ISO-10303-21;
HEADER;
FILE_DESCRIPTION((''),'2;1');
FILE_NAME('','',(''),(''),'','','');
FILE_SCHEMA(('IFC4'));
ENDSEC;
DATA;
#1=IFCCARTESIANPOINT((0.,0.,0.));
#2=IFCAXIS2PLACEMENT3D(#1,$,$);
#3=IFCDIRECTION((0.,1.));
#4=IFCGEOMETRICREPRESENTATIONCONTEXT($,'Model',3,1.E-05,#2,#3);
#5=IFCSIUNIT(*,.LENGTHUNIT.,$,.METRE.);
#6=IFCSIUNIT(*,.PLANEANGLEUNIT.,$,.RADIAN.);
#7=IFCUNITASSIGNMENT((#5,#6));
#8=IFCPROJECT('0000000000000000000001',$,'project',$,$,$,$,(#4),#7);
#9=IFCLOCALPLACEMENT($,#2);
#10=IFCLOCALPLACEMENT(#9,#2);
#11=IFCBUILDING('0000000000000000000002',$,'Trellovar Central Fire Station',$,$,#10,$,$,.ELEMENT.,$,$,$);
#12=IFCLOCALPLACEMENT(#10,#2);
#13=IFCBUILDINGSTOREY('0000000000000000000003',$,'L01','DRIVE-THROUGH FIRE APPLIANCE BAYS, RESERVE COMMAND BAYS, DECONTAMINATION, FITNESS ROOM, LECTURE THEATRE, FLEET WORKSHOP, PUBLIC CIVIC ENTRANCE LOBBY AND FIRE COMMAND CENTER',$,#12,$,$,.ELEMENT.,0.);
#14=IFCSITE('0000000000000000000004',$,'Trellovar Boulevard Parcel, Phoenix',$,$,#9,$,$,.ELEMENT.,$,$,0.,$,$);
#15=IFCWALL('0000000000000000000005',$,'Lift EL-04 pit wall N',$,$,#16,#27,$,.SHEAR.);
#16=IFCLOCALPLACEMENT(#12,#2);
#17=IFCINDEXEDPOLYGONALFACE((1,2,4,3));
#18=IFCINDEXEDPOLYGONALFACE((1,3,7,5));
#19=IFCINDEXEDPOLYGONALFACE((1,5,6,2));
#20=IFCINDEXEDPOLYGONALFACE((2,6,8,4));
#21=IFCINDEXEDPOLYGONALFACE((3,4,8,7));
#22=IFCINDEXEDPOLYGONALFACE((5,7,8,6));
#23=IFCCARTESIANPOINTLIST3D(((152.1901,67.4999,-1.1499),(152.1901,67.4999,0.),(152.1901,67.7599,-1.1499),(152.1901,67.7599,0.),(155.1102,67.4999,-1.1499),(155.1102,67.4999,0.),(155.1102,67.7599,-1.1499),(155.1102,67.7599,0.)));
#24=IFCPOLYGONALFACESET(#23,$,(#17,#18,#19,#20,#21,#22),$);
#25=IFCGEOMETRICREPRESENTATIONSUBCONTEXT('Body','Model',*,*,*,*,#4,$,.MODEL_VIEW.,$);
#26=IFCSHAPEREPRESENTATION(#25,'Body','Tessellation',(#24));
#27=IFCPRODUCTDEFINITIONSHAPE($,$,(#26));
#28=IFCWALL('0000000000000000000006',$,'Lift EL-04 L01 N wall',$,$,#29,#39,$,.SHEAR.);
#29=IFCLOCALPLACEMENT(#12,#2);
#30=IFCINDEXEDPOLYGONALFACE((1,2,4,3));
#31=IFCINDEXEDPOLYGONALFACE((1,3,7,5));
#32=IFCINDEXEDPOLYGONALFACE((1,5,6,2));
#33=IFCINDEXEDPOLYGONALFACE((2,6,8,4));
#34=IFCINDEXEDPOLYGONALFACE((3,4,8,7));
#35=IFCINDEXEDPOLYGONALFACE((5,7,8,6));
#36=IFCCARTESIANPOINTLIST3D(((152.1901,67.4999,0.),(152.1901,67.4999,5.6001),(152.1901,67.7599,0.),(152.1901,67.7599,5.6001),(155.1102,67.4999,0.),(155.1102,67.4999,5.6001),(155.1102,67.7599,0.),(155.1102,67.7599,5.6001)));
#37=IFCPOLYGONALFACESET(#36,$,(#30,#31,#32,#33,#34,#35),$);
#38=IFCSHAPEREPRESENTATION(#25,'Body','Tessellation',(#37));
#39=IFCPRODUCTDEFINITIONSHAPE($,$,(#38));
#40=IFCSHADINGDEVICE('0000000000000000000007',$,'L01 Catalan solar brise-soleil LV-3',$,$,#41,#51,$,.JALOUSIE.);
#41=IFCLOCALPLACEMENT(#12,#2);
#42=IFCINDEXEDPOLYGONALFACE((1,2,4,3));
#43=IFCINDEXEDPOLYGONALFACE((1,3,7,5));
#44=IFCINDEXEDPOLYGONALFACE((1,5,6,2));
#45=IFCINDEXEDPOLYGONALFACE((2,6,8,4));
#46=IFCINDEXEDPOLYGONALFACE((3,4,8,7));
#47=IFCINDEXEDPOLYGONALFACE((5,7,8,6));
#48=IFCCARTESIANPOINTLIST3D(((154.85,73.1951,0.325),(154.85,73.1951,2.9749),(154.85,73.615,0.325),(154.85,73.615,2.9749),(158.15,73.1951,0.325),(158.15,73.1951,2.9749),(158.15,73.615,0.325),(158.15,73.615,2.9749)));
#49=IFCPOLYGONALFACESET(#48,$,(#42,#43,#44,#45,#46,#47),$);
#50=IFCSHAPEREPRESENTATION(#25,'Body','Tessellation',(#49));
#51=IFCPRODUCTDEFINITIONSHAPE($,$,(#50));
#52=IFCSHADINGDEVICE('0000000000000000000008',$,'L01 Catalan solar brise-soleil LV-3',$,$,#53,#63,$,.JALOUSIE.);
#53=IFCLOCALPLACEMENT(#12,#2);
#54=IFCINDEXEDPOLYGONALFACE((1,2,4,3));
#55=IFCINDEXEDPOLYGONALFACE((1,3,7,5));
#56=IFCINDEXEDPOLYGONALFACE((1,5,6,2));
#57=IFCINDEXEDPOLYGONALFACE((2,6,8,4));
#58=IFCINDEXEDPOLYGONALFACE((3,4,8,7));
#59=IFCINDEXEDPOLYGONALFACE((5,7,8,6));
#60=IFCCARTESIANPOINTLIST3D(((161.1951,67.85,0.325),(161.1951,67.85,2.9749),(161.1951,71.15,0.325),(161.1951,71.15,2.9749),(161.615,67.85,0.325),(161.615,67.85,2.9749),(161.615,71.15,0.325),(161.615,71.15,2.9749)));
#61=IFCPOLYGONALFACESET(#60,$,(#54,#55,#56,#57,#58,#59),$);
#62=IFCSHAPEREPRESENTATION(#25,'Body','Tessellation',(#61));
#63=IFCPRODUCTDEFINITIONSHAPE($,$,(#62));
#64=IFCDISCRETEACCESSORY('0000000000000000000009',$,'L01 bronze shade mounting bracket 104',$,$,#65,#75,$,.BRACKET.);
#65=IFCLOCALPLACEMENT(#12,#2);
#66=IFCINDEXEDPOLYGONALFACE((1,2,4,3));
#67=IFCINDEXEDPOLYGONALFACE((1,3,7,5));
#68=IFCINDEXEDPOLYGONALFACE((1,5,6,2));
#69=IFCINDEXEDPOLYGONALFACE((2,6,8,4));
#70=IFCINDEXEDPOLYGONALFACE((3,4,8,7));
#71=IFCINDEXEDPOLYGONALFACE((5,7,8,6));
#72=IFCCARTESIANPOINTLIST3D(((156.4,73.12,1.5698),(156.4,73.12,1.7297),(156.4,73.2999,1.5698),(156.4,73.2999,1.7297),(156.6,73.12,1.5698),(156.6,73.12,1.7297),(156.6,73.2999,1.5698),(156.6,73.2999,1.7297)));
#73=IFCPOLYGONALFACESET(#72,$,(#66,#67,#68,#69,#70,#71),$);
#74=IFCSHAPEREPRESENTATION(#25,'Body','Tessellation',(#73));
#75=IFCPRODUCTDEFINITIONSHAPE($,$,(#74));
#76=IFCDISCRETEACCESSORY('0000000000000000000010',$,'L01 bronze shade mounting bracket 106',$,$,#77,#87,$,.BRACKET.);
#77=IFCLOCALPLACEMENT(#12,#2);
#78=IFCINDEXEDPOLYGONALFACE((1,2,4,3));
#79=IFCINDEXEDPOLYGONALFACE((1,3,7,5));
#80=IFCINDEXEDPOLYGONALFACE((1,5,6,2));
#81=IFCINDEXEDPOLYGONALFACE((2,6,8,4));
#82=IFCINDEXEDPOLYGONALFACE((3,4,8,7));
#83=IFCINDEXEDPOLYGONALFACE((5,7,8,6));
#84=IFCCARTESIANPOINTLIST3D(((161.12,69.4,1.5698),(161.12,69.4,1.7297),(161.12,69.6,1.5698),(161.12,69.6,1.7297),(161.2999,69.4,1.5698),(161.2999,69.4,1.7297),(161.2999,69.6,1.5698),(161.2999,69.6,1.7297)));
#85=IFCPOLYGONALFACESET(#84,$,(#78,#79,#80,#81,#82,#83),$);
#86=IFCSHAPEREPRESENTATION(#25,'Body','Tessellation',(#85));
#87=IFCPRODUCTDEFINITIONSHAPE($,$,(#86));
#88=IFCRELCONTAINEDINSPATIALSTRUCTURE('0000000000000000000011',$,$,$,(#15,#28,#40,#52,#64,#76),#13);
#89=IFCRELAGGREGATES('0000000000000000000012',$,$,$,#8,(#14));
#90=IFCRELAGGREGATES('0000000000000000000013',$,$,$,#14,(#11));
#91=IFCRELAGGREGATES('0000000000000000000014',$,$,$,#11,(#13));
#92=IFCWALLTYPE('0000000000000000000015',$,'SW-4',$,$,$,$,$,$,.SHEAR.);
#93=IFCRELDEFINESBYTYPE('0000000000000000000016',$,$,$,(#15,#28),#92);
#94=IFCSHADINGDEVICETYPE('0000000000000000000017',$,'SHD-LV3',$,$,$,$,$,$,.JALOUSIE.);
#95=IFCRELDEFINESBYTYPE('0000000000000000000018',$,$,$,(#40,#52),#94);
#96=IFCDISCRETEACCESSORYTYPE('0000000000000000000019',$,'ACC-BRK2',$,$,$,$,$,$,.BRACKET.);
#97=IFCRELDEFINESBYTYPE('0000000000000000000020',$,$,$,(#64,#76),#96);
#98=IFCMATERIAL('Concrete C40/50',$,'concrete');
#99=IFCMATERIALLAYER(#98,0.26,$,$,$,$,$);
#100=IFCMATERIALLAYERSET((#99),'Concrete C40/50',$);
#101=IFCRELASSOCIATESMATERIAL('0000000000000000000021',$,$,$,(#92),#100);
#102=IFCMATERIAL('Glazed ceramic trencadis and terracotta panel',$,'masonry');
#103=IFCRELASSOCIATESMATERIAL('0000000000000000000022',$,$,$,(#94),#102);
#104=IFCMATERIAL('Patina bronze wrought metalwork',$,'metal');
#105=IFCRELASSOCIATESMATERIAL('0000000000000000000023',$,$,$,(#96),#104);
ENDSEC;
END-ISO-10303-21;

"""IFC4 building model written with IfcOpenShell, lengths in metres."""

from ifc_helpers import new_model, si_unit, direction, frame, frame_2d, origin, origin_2d, place, context, subcontext, project, spatial, rectangle, extrude, material, layer, layer_set, type_object, element, save


model = new_model("IFC4")

# Units and contexts
model_context = context("Model", 3, precision=1e-05, world=origin(), true_north=direction((0.0, 1.0)))
body_context = subcontext(model_context, "Body", "Model", "MODEL_VIEW")
ifc_project = project(units=[si_unit("LENGTHUNIT", "METRE"), si_unit("PLANEANGLEUNIT", "RADIAN")], contexts=[model_context])

# Site, building, storey
site_placement = place(None, origin())
site = spatial("IfcSite", under=ifc_project, at=site_placement, Name="Trellovar Boulevard Parcel, Phoenix", CompositionType="ELEMENT", RefElevation=0.0)
building_placement = place(site_placement, origin())
building = spatial("IfcBuilding", under=site, at=building_placement, Name="Trellovar Central Fire Station", CompositionType="ELEMENT")
storey_placement = place(building_placement, origin())
storey = spatial("IfcBuildingStorey", under=building, at=storey_placement, Name="L01", Description="DRIVE-THROUGH FIRE APPLIANCE BAYS, RESERVE COMMAND BAYS, DECONTAMINATION, FITNESS ROOM, LECTURE THEATRE, FLEET WORKSHOP, PUBLIC CIVIC ENTRANCE LOBBY AND FIRE COMMAND CENTER", CompositionType="ELEMENT", Elevation=0.0)

# Walls
ifc_material_1 = material(Name="Concrete C40/50", Category="concrete")
ifc_layer_1 = layer(ifc_material_1, 0.26)
ifc_layer_set_1 = layer_set([ifc_layer_1], Name="Concrete C40/50")
wall_type_1 = type_object("IfcWallType", Name="SW-4", PredefinedType="SHEAR", material=ifc_layer_set_1)
wall_1_placement = place(storey_placement, frame((155.1101, 67.6299, -1.1499), z_axis=(0.0, 0.0, 1.0), x_axis=(-1.0, 0.0, 0.0)))
element("IfcWall", 1, at=wall_1_placement, inside=storey, type_object=wall_type_1, Name="Lift EL-04 pit wall N", PredefinedType="SHEAR", context=body_context, shape_type="SweptSolid", body=[
    extrude(rectangle(XDim=2.9202, YDim=0.26, at=frame_2d((1.46, 0.0))), origin(), (0.0, 0.0, 1.0), 1.1499),
])
wall_2_placement = place(storey_placement, frame((155.1101, 67.6299, 0.0), z_axis=(0.0, 0.0, 1.0), x_axis=(-1.0, 0.0, 0.0)))
element("IfcWall", 2, at=wall_2_placement, inside=storey, type_object=wall_type_1, Name="Lift EL-04 L01 N wall", PredefinedType="SHEAR", context=body_context, shape_type="SweptSolid", body=[
    extrude(rectangle(XDim=2.9202, YDim=0.26, at=frame_2d((1.46, 0.0))), origin(), (0.0, 0.0, 1.0), 5.6001),
])

# Shading devices
ifc_material_2 = material(Name="Glazed ceramic trencadis and terracotta panel", Category="masonry")
shading_device_type = type_object("IfcShadingDeviceType", Name="SHD-LV3", PredefinedType="JALOUSIE", material=ifc_material_2)
for number, where, z_axis, x_axis, name in (
    (3, (156.5, 73.405, 0.325), (0.0, 0.0, 1.0), (1.0, 0.0, 0.0), "L01 Catalan solar brise-soleil LV-3"),
    (4, (161.405, 69.5, 0.325), (0.0, 0.0, 1.0), (0.0, 1.0, 0.0), "L01 Catalan solar brise-soleil LV-3"),
):
    element("IfcShadingDevice", number, at=place(storey_placement, frame(where, z_axis=z_axis, x_axis=x_axis)), inside=storey, type_object=shading_device_type, Name=name, PredefinedType="JALOUSIE", context=body_context, shape_type="SweptSolid", body=[
        extrude(rectangle(XDim=3.3, YDim=0.4199, at=origin_2d()), origin(), (0.0, 0.0, 1.0), 2.6499),
    ])

# Discrete accessories
ifc_material_3 = material(Name="Patina bronze wrought metalwork", Category="metal")
discrete_accessory_type = type_object("IfcDiscreteAccessoryType", Name="ACC-BRK2", PredefinedType="BRACKET", material=ifc_material_3)
for number, where, z_axis, x_axis, name in (
    (5, (156.5, 73.21, 1.5698), (0.0, 0.0, 1.0), (1.0, 0.0, 0.0), "L01 bronze shade mounting bracket 104"),
    (6, (161.21, 69.5, 1.5698), (0.0, 0.0, 1.0), (0.0, 1.0, 0.0), "L01 bronze shade mounting bracket 106"),
):
    element("IfcDiscreteAccessory", number, at=place(storey_placement, frame(where, z_axis=z_axis, x_axis=x_axis)), inside=storey, type_object=discrete_accessory_type, Name=name, PredefinedType="BRACKET", context=body_context, shape_type="SweptSolid", body=[
        extrude(rectangle(XDim=0.2, YDim=0.1799, at=origin_2d()), origin(), (0.0, 0.0, 1.0), 0.1599),
    ])

save(model, "model.ifc")
